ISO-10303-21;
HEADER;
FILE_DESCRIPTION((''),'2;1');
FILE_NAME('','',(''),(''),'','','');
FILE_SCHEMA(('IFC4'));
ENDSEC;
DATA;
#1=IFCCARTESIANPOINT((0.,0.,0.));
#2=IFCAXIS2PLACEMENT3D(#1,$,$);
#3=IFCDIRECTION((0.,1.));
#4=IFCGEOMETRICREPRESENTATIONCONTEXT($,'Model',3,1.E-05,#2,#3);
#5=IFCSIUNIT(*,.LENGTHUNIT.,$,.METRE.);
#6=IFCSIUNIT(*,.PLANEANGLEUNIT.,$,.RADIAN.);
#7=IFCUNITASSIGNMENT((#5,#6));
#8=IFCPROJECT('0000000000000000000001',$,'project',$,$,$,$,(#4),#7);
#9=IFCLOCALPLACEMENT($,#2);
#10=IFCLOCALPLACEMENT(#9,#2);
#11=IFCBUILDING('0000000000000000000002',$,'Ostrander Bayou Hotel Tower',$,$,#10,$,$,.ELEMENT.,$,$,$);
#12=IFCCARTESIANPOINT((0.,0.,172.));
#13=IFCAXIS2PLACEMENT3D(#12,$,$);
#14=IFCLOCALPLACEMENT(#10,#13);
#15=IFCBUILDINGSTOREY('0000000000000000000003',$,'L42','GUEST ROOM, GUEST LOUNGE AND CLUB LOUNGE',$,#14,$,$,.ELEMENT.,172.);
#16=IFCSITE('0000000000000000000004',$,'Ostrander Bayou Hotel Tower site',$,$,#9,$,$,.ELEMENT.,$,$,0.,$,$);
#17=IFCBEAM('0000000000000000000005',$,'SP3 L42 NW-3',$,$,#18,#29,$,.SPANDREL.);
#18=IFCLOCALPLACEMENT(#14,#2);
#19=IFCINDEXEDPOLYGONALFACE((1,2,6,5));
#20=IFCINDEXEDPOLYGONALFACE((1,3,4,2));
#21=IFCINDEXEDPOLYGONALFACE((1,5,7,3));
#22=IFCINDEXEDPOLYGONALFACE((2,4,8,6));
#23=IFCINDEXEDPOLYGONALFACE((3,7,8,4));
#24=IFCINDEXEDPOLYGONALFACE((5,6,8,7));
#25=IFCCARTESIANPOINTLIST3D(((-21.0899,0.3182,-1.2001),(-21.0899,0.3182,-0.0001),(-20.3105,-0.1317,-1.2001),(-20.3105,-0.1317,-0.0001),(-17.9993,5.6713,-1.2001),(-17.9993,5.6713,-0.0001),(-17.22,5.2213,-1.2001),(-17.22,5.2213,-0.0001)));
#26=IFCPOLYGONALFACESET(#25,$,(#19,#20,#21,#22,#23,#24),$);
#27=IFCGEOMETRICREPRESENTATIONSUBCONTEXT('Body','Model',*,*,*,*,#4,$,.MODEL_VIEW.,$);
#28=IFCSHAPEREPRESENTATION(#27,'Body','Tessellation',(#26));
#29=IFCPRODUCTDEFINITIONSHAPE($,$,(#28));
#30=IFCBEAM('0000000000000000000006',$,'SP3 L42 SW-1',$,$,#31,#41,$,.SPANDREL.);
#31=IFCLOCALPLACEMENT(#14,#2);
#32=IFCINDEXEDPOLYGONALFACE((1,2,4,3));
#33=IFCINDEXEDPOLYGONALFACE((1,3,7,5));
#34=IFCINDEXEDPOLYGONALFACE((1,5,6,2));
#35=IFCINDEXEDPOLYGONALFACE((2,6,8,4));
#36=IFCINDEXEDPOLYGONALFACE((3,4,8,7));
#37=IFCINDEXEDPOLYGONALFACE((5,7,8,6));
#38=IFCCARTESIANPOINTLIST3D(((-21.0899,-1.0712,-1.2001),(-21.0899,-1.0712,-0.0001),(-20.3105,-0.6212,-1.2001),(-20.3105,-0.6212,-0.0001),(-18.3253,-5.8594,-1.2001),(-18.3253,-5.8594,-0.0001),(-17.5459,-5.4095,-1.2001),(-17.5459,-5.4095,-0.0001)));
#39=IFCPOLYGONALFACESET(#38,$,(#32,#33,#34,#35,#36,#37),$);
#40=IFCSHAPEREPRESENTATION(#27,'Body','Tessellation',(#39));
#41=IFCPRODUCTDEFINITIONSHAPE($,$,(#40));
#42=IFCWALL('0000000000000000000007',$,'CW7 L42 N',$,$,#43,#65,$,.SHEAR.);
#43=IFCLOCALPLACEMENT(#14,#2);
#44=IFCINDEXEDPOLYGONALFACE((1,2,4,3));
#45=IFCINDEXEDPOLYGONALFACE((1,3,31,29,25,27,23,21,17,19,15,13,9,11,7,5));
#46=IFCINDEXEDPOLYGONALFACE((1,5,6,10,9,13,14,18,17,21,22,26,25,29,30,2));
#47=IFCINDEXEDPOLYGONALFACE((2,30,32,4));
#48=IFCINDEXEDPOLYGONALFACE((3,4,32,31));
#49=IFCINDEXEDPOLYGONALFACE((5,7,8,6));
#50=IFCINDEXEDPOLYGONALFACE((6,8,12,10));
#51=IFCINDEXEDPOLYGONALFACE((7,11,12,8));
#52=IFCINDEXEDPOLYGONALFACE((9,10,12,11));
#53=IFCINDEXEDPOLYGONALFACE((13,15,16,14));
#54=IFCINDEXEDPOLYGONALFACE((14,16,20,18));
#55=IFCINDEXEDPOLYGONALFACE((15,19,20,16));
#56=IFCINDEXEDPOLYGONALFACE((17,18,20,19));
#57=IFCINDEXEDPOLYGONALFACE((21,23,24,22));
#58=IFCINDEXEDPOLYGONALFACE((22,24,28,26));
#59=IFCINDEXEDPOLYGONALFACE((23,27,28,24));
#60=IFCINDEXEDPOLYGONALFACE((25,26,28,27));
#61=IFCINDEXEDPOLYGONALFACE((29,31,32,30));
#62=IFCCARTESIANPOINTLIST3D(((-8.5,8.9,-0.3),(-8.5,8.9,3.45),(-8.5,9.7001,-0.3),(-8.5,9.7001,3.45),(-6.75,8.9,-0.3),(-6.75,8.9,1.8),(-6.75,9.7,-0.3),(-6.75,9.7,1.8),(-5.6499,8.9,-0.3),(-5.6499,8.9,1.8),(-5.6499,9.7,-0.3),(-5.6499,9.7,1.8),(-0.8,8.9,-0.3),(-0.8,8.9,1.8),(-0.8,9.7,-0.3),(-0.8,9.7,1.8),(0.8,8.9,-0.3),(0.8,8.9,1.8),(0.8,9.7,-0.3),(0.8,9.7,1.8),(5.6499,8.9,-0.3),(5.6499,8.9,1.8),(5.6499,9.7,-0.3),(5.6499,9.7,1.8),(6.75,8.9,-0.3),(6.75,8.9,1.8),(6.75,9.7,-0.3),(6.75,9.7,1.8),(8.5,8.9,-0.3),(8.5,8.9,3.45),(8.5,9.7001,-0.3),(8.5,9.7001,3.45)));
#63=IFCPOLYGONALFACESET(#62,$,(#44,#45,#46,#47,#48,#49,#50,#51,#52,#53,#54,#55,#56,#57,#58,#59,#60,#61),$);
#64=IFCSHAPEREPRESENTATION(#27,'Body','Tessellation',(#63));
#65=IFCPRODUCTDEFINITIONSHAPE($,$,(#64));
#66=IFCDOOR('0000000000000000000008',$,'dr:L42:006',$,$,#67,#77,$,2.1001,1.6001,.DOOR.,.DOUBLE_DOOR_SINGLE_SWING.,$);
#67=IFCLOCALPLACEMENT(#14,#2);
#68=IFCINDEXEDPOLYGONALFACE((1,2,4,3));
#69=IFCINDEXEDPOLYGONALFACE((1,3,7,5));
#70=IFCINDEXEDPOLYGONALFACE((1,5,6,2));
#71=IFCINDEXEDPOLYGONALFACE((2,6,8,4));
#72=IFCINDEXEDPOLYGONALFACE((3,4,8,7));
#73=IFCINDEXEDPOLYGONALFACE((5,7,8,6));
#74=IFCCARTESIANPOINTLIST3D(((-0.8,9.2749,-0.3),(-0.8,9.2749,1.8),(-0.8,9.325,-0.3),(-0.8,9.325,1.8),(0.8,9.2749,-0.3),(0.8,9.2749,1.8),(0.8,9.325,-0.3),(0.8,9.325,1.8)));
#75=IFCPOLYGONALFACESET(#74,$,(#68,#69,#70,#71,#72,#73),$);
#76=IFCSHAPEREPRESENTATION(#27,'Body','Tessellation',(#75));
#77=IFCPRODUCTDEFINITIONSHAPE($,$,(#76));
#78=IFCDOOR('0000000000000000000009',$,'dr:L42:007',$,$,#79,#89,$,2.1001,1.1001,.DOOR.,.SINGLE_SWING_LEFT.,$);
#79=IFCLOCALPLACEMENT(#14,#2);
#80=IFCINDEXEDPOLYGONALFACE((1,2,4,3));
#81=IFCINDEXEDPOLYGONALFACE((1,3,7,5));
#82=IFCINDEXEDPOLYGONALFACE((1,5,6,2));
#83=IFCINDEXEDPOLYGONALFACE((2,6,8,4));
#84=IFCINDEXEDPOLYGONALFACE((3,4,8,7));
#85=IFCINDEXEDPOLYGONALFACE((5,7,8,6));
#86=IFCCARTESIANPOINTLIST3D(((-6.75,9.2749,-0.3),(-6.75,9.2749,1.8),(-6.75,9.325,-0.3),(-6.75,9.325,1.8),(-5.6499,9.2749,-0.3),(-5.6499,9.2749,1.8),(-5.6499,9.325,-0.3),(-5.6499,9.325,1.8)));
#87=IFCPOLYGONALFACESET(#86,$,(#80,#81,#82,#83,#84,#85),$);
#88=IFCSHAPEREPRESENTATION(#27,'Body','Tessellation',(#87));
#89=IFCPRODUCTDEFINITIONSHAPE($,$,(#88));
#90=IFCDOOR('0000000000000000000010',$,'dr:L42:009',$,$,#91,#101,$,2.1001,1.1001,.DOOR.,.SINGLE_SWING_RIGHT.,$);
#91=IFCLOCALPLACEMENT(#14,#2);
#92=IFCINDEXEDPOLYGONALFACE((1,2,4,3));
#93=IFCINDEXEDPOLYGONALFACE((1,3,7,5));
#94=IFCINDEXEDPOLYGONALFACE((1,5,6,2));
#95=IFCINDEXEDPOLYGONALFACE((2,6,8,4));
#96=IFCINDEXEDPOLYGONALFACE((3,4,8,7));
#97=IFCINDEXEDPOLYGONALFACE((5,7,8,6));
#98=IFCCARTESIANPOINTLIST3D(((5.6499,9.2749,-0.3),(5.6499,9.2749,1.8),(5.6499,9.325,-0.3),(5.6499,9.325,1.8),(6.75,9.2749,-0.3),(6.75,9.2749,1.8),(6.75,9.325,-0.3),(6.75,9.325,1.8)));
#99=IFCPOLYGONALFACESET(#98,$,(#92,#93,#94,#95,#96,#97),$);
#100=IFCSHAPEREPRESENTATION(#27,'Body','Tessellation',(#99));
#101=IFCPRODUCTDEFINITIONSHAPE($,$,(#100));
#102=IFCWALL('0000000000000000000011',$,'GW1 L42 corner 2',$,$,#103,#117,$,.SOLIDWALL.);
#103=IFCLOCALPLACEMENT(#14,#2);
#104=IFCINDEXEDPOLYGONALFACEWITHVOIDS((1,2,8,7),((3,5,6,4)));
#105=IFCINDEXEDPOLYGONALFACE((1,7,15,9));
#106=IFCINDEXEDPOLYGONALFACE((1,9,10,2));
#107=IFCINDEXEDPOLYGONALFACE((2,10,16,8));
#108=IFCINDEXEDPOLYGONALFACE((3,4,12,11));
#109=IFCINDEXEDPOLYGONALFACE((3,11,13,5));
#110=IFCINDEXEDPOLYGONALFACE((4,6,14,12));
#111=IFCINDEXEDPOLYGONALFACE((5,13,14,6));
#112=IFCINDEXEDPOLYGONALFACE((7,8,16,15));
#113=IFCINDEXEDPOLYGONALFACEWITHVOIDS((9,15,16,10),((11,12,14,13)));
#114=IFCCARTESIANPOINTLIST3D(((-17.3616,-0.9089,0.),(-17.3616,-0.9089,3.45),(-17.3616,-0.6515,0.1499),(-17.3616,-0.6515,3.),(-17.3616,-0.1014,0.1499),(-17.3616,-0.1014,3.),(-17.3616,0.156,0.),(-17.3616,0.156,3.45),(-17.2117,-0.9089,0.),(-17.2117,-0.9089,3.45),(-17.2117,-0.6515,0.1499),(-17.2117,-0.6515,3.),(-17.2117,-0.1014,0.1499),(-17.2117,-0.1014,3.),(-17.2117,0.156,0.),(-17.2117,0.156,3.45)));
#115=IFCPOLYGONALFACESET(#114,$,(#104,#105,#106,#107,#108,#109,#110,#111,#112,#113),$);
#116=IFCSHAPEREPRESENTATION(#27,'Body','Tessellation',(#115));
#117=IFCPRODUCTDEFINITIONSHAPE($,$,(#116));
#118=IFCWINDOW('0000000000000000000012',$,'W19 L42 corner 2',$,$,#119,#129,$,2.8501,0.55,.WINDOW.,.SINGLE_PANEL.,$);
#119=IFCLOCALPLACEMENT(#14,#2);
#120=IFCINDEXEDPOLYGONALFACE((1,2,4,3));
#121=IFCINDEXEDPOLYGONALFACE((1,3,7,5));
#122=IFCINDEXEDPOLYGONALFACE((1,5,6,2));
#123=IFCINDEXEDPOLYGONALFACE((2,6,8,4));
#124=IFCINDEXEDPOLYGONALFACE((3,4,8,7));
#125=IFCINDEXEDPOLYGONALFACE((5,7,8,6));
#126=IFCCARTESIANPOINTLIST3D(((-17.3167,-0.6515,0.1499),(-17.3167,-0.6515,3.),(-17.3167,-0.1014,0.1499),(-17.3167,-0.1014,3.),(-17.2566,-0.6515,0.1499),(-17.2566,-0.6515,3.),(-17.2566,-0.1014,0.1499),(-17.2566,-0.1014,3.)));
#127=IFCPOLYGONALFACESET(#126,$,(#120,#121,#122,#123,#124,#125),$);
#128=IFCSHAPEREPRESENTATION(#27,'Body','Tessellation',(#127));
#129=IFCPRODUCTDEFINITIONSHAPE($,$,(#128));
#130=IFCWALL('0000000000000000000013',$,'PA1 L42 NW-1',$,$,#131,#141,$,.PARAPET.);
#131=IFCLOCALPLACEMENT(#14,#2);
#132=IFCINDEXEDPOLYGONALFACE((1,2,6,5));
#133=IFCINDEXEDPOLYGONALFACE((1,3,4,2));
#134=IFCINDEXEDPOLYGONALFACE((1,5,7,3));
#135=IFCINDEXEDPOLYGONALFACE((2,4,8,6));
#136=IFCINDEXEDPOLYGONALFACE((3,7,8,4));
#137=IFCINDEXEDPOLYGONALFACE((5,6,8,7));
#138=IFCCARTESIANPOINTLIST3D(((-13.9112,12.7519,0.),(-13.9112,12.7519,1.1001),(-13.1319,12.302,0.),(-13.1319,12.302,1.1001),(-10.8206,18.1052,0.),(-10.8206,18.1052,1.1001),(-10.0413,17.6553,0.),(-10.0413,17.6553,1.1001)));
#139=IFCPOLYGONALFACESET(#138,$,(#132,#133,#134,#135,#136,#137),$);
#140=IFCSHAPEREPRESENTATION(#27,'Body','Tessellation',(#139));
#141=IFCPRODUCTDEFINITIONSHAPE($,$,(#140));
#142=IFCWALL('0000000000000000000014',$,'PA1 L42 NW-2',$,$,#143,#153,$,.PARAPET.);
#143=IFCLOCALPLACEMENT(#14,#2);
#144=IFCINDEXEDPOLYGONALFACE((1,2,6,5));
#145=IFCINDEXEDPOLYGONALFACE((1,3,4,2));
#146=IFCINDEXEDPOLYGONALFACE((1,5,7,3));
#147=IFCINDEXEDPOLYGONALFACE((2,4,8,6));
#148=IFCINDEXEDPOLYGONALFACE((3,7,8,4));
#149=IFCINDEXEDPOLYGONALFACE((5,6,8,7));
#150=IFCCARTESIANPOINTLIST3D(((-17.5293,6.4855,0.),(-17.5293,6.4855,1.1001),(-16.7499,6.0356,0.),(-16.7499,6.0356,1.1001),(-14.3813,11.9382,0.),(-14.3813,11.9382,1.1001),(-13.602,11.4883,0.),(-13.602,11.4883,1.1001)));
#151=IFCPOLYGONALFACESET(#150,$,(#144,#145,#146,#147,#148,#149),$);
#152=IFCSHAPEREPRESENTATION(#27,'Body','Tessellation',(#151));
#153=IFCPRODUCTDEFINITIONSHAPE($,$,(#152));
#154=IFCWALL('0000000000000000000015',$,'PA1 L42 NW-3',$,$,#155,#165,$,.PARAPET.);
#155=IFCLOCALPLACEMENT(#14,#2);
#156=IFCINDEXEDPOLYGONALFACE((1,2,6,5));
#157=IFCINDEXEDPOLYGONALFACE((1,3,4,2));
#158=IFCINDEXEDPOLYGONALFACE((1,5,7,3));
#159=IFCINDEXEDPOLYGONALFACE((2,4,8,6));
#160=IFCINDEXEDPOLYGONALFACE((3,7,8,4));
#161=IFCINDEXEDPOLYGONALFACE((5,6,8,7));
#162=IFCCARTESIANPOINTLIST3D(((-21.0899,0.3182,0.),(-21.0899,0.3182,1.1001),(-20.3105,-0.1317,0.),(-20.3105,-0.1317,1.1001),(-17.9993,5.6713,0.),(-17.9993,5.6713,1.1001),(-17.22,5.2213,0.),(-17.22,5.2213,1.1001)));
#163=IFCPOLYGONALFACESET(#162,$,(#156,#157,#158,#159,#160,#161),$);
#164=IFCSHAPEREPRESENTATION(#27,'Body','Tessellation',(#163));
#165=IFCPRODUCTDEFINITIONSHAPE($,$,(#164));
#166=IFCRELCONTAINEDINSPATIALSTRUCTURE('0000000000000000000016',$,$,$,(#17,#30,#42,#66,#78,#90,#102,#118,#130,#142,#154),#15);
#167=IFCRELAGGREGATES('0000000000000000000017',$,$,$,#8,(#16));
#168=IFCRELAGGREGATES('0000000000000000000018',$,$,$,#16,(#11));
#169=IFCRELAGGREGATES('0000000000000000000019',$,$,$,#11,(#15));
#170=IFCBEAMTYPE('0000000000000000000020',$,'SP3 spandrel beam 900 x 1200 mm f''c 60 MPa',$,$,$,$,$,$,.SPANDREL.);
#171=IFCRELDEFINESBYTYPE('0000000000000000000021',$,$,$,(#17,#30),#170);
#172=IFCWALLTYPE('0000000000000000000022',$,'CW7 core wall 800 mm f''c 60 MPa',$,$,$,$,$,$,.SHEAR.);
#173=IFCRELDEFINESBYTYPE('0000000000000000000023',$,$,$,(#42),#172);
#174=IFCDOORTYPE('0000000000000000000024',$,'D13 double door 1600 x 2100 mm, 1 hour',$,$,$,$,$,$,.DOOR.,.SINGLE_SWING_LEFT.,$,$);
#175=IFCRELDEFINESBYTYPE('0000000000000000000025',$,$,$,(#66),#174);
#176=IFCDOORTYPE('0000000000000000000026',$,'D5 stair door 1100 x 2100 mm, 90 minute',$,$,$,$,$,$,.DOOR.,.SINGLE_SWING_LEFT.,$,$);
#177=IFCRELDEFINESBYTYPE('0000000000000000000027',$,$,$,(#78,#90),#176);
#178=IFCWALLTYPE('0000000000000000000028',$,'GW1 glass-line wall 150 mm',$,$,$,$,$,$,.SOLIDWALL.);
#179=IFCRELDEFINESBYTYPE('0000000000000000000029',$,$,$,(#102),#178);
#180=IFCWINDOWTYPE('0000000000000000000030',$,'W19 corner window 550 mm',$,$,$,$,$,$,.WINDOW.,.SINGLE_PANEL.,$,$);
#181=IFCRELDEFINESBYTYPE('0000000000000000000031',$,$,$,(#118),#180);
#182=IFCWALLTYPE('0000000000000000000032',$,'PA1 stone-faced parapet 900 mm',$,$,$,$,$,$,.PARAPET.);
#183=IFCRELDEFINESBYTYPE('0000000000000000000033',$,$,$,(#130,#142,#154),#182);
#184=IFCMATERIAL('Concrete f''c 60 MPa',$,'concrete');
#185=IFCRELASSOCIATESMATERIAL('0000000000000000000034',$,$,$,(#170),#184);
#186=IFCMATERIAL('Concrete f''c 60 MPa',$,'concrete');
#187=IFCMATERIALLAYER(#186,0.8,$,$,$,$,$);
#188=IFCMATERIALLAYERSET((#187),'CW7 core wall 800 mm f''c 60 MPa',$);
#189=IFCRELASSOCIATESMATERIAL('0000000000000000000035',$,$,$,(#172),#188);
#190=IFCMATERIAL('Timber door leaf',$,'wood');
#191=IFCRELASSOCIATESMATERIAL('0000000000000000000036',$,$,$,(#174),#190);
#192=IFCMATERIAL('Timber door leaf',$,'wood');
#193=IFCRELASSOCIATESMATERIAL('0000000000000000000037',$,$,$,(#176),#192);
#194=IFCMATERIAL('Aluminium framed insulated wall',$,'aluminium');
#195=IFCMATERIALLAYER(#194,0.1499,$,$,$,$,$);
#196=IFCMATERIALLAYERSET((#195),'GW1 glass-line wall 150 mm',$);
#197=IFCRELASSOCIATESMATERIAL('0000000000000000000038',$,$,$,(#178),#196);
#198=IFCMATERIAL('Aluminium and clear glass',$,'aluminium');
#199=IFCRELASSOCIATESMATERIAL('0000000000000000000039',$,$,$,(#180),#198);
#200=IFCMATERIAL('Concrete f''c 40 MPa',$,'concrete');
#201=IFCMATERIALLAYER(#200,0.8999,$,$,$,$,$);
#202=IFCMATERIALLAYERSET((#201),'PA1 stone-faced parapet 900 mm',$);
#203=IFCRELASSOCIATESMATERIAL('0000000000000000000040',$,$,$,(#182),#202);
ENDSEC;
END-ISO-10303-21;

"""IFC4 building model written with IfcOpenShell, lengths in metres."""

from ifc_helpers import new_model, si_unit, direction, frame, frame_2d, origin, origin_2d, place, context, subcontext, project, spatial, rectangle, extrude, material, layer, layer_set, material_profile, profile_set, type_object, element, fill, save


model = new_model("IFC4")

# Units and contexts
model_context = context("Model", 3, precision=1e-05, world=origin(), true_north=direction((0.0, 1.0)))
body_context = subcontext(model_context, "Body", "Model", "MODEL_VIEW")
ifc_project = project(units=[si_unit("LENGTHUNIT", "METRE"), si_unit("PLANEANGLEUNIT", "RADIAN")], contexts=[model_context])

# Site, building, storey
site_placement = place(None, origin())
site = spatial("IfcSite", under=ifc_project, at=site_placement, Name="Ostrander Bayou Hotel Tower site", CompositionType="ELEMENT", RefElevation=0.0)
building_placement = place(site_placement, origin())
building = spatial("IfcBuilding", under=site, at=building_placement, Name="Ostrander Bayou Hotel Tower", CompositionType="ELEMENT")
storey_placement = place(building_placement, frame((0.0, 0.0, 172.0)))
storey = spatial("IfcBuildingStorey", under=building, at=storey_placement, Name="L42", Description="GUEST ROOM, GUEST LOUNGE AND CLUB LOUNGE", CompositionType="ELEMENT", Elevation=172.0)

# Beams
ifc_material_1 = material(Name="Concrete f'c 60 MPa", Category="concrete")
ifc_material_profile_1 = material_profile(ifc_material_1, rectangle(XDim=0.8999, YDim=1.2, at=origin_2d()))
ifc_profile_set_1 = profile_set([ifc_material_profile_1], Name="Concrete f'c 60 MPa")
beam_type_1 = type_object("IfcBeamType", Name="SP3 spandrel beam 900 x 1200 mm f'c 60 MPa", PredefinedType="SPANDREL", material=ifc_profile_set_1)
beam_1_placement = place(storey_placement, frame((-17.6096, 5.4463, -0.6001), z_axis=(-0.500001, -0.866025, 0.0), x_axis=(0.866025, -0.500001, 0.0)))
element("IfcBeam", 1, at=beam_1_placement, inside=storey, type_object=beam_type_1, Name="SP3 L42 NW-3", PredefinedType="SPANDREL", context=body_context, shape_type="SweptSolid", body=[
    extrude(rectangle(XDim=0.8999, YDim=1.2, at=origin_2d()), origin(), (0.0, 0.0, 1.0), 6.1812),
])
beam_2_placement = place(storey_placement, frame((-20.7002, -0.8462, -0.6001), z_axis=(0.500014, -0.866017, 0.0), x_axis=(0.866017, 0.500014, 0.0)))
element("IfcBeam", 2, at=beam_2_placement, inside=storey, type_object=beam_type_1, Name="SP3 L42 SW-1", PredefinedType="SPANDREL", context=body_context, shape_type="SweptSolid", body=[
    extrude(rectangle(XDim=0.8999, YDim=1.2, at=origin_2d()), origin(), (0.0, 0.0, 1.0), 5.5291),
])

# Wall, openings, doors
ifc_material_2 = material(Name="Concrete f'c 60 MPa", Category="concrete")
ifc_layer_1 = layer(ifc_material_2, 0.8)
ifc_layer_set_1 = layer_set([ifc_layer_1], Name="CW7 core wall 800 mm f'c 60 MPa")
wall_type_1 = type_object("IfcWallType", Name="CW7 core wall 800 mm f'c 60 MPa", PredefinedType="SHEAR", material=ifc_layer_set_1)
wall_1_placement = place(storey_placement, frame((-8.5, 9.3, -0.3), z_axis=(0.0, 0.0, 1.0), x_axis=(1.0, 0.0, 0.0)))
wall_1 = element("IfcWall", 3, at=wall_1_placement, inside=storey, type_object=wall_type_1, Name="CW7 L42 N", PredefinedType="SHEAR", context=body_context, shape_type="SweptSolid", body=[
    extrude(rectangle(XDim=17.0, YDim=0.8, at=frame_2d((8.5, 0.0))), origin(), (0.0, 0.0, 1.0), 3.75),
])
opening_1_placement = place(wall_1_placement, frame((7.7, 0.0, 0.0)))
opening_1 = element("IfcOpeningElement", 4, at=opening_1_placement, cuts=wall_1, PredefinedType="OPENING", context=body_context, shape_type="SweptSolid", body=[
    extrude(rectangle(XDim=1.6001, YDim=2.1001, at=frame_2d((0.8, 1.05))), frame((0.0, 0.3999, 0.0), z_axis=(0.0, -1.0, 0.0), x_axis=(1.0, 0.0, 0.0)), (0.0, 0.0, 1.0), 0.8),
])
opening_2_placement = place(wall_1_placement, frame((1.75, 0.0, 0.0)))
opening_2 = element("IfcOpeningElement", 5, at=opening_2_placement, cuts=wall_1, PredefinedType="OPENING", context=body_context, shape_type="SweptSolid", body=[
    extrude(rectangle(XDim=1.1001, YDim=2.1001, at=frame_2d((0.55, 1.05))), frame((0.0, 0.3999, 0.0), z_axis=(0.0, -1.0, 0.0), x_axis=(1.0, 0.0, 0.0)), (0.0, 0.0, 1.0), 0.8),
])
opening_3_placement = place(wall_1_placement, frame((14.1499, 0.0, 0.0)))
opening_3 = element("IfcOpeningElement", 6, at=opening_3_placement, cuts=wall_1, PredefinedType="OPENING", context=body_context, shape_type="SweptSolid", body=[
    extrude(rectangle(XDim=1.1001, YDim=2.1001, at=frame_2d((0.55, 1.05))), frame((0.0, 0.3999, 0.0), z_axis=(0.0, -1.0, 0.0), x_axis=(1.0, 0.0, 0.0)), (0.0, 0.0, 1.0), 0.8),
])
ifc_material_3 = material(Name="Timber door leaf", Category="wood")
door_type_1 = type_object("IfcDoorType", Name="D13 double door 1600 x 2100 mm, 1 hour", OperationType="SINGLE_SWING_LEFT", PredefinedType="DOOR", material=ifc_material_3)
door_1_placement = place(opening_1_placement, origin())
door_1 = element("IfcDoor", 7, at=door_1_placement, inside=storey, type_object=door_type_1, Name="dr:L42:006", OperationType="DOUBLE_DOOR_SINGLE_SWING", OverallHeight=2.1001, OverallWidth=1.6001, PredefinedType="DOOR", context=body_context, shape_type="SweptSolid", body=[
    extrude(rectangle(XDim=1.6001, YDim=2.1001, at=frame_2d((0.8, 1.05))), frame((0.0, 0.0249, 0.0), z_axis=(0.0, -1.0, 0.0), x_axis=(1.0, 0.0, 0.0)), (0.0, 0.0, 1.0), 0.05),
])
fill(opening_1, door_1)
ifc_material_4 = material(Name="Timber door leaf", Category="wood")
door_type_2 = type_object("IfcDoorType", Name="D5 stair door 1100 x 2100 mm, 90 minute", OperationType="SINGLE_SWING_LEFT", PredefinedType="DOOR", material=ifc_material_4)
door_2_placement = place(opening_2_placement, origin())
door_2 = element("IfcDoor", 8, at=door_2_placement, inside=storey, type_object=door_type_2, Name="dr:L42:007", OperationType="SINGLE_SWING_LEFT", OverallHeight=2.1001, OverallWidth=1.1001, PredefinedType="DOOR", context=body_context, shape_type="SweptSolid", body=[
    extrude(rectangle(XDim=1.1001, YDim=2.1001, at=frame_2d((0.55, 1.05))), frame((0.0, 0.0249, 0.0), z_axis=(0.0, -1.0, 0.0), x_axis=(1.0, 0.0, 0.0)), (0.0, 0.0, 1.0), 0.05),
])
fill(opening_2, door_2)
door_3_placement = place(opening_3_placement, origin())
door_3 = element("IfcDoor", 9, at=door_3_placement, inside=storey, type_object=door_type_2, Name="dr:L42:009", OperationType="SINGLE_SWING_RIGHT", OverallHeight=2.1001, OverallWidth=1.1001, PredefinedType="DOOR", context=body_context, shape_type="SweptSolid", body=[
    extrude(rectangle(XDim=1.1001, YDim=2.1001, at=frame_2d((0.55, 1.05))), frame((0.0, 0.0249, 0.0), z_axis=(0.0, -1.0, 0.0), x_axis=(1.0, 0.0, 0.0)), (0.0, 0.0, 1.0), 0.05),
])
fill(opening_3, door_3)

# Wall, opening, window
ifc_material_5 = material(Name="Aluminium framed insulated wall", Category="aluminium")
ifc_layer_2 = layer(ifc_material_5, 0.1499)
ifc_layer_set_2 = layer_set([ifc_layer_2], Name="GW1 glass-line wall 150 mm")
wall_type_2 = type_object("IfcWallType", Name="GW1 glass-line wall 150 mm", PredefinedType="SOLIDWALL", material=ifc_layer_set_2)
wall_2_placement = place(storey_placement, frame((-17.2866, 0.156, 0.0), z_axis=(0.0, 0.0, 1.0), x_axis=(0.0, -1.0, 0.0)))
wall_2 = element("IfcWall", 10, at=wall_2_placement, inside=storey, type_object=wall_type_2, Name="GW1 L42 corner 2", PredefinedType="SOLIDWALL", context=body_context, shape_type="SweptSolid", body=[
    extrude(rectangle(XDim=1.0649, YDim=0.1499, at=frame_2d((0.5325, 0.0))), origin(), (0.0, 0.0, 1.0), 3.45),
])
opening_4_placement = place(wall_2_placement, frame((0.2576, 0.0, 0.1499)))
opening_4 = element("IfcOpeningElement", 11, at=opening_4_placement, cuts=wall_2, PredefinedType="OPENING", context=body_context, shape_type="SweptSolid", body=[
    extrude(rectangle(XDim=0.55, YDim=2.8501, at=frame_2d((0.2749, 1.425))), frame((0.0, 0.075, 0.0), z_axis=(0.0, -1.0, 0.0), x_axis=(1.0, 0.0, 0.0)), (0.0, 0.0, 1.0), 0.1499),
])
ifc_material_6 = material(Name="Aluminium and clear glass", Category="aluminium")
window_type = type_object("IfcWindowType", Name="W19 corner window 550 mm", PartitioningType="SINGLE_PANEL", PredefinedType="WINDOW", material=ifc_material_6)
window_placement = place(opening_4_placement, origin())
window = element("IfcWindow", 12, at=window_placement, inside=storey, type_object=window_type, Name="W19 L42 corner 2", OverallHeight=2.8501, OverallWidth=0.55, PartitioningType="SINGLE_PANEL", PredefinedType="WINDOW", context=body_context, shape_type="SweptSolid", body=[
    extrude(rectangle(XDim=0.55, YDim=2.8501, at=frame_2d((0.2749, 1.425))), frame((0.0, 0.03, 0.0), z_axis=(0.0, -1.0, 0.0), x_axis=(1.0, 0.0, 0.0)), (0.0, 0.0, 1.0), 0.0601),
])
fill(opening_4, window)

# Walls
ifc_material_7 = material(Name="Concrete f'c 40 MPa", Category="concrete")
ifc_layer_3 = layer(ifc_material_7, 0.8999)
ifc_layer_set_3 = layer_set([ifc_layer_3], Name="PA1 stone-faced parapet 900 mm")
wall_type_3 = type_object("IfcWallType", Name="PA1 stone-faced parapet 900 mm", PredefinedType="PARAPET", material=ifc_layer_set_3)
wall_3_placement = place(storey_placement, frame((-10.4309, 17.8804, 0.0), z_axis=(0.0, 0.0, 1.0), x_axis=(-0.499983, -0.866035, 0.0)))
element("IfcWall", 13, at=wall_3_placement, inside=storey, type_object=wall_type_3, Name="PA1 L42 NW-1", PredefinedType="PARAPET", context=body_context, shape_type="SweptSolid", body=[
    extrude(rectangle(XDim=6.1814, YDim=0.8999, at=frame_2d((3.0908, 0.0))), origin(), (0.0, 0.0, 1.0), 1.1001),
])
wall_4_placement = place(storey_placement, frame((-13.9917, 11.7131, 0.0), z_axis=(0.0, 0.0, 1.0), x_axis=(-0.499984, -0.866034, 0.0)))
element("IfcWall", 14, at=wall_4_placement, inside=storey, type_object=wall_type_3, Name="PA1 L42 NW-2", PredefinedType="PARAPET", context=body_context, shape_type="SweptSolid", body=[
    extrude(rectangle(XDim=6.2961, YDim=0.8999, at=frame_2d((3.1479, 0.0))), origin(), (0.0, 0.0, 1.0), 1.1001),
])
wall_5_placement = place(storey_placement, frame((-17.6096, 5.4463, 0.0), z_axis=(0.0, 0.0, 1.0), x_axis=(-0.500001, -0.866025, 0.0)))
element("IfcWall", 15, at=wall_5_placement, inside=storey, type_object=wall_type_3, Name="PA1 L42 NW-3", PredefinedType="PARAPET", context=body_context, shape_type="SweptSolid", body=[
    extrude(rectangle(XDim=6.1812, YDim=0.8999, at=frame_2d((3.0906, 0.0))), origin(), (0.0, 0.0, 1.0), 1.1001),
])

save(model, "model.ifc")
